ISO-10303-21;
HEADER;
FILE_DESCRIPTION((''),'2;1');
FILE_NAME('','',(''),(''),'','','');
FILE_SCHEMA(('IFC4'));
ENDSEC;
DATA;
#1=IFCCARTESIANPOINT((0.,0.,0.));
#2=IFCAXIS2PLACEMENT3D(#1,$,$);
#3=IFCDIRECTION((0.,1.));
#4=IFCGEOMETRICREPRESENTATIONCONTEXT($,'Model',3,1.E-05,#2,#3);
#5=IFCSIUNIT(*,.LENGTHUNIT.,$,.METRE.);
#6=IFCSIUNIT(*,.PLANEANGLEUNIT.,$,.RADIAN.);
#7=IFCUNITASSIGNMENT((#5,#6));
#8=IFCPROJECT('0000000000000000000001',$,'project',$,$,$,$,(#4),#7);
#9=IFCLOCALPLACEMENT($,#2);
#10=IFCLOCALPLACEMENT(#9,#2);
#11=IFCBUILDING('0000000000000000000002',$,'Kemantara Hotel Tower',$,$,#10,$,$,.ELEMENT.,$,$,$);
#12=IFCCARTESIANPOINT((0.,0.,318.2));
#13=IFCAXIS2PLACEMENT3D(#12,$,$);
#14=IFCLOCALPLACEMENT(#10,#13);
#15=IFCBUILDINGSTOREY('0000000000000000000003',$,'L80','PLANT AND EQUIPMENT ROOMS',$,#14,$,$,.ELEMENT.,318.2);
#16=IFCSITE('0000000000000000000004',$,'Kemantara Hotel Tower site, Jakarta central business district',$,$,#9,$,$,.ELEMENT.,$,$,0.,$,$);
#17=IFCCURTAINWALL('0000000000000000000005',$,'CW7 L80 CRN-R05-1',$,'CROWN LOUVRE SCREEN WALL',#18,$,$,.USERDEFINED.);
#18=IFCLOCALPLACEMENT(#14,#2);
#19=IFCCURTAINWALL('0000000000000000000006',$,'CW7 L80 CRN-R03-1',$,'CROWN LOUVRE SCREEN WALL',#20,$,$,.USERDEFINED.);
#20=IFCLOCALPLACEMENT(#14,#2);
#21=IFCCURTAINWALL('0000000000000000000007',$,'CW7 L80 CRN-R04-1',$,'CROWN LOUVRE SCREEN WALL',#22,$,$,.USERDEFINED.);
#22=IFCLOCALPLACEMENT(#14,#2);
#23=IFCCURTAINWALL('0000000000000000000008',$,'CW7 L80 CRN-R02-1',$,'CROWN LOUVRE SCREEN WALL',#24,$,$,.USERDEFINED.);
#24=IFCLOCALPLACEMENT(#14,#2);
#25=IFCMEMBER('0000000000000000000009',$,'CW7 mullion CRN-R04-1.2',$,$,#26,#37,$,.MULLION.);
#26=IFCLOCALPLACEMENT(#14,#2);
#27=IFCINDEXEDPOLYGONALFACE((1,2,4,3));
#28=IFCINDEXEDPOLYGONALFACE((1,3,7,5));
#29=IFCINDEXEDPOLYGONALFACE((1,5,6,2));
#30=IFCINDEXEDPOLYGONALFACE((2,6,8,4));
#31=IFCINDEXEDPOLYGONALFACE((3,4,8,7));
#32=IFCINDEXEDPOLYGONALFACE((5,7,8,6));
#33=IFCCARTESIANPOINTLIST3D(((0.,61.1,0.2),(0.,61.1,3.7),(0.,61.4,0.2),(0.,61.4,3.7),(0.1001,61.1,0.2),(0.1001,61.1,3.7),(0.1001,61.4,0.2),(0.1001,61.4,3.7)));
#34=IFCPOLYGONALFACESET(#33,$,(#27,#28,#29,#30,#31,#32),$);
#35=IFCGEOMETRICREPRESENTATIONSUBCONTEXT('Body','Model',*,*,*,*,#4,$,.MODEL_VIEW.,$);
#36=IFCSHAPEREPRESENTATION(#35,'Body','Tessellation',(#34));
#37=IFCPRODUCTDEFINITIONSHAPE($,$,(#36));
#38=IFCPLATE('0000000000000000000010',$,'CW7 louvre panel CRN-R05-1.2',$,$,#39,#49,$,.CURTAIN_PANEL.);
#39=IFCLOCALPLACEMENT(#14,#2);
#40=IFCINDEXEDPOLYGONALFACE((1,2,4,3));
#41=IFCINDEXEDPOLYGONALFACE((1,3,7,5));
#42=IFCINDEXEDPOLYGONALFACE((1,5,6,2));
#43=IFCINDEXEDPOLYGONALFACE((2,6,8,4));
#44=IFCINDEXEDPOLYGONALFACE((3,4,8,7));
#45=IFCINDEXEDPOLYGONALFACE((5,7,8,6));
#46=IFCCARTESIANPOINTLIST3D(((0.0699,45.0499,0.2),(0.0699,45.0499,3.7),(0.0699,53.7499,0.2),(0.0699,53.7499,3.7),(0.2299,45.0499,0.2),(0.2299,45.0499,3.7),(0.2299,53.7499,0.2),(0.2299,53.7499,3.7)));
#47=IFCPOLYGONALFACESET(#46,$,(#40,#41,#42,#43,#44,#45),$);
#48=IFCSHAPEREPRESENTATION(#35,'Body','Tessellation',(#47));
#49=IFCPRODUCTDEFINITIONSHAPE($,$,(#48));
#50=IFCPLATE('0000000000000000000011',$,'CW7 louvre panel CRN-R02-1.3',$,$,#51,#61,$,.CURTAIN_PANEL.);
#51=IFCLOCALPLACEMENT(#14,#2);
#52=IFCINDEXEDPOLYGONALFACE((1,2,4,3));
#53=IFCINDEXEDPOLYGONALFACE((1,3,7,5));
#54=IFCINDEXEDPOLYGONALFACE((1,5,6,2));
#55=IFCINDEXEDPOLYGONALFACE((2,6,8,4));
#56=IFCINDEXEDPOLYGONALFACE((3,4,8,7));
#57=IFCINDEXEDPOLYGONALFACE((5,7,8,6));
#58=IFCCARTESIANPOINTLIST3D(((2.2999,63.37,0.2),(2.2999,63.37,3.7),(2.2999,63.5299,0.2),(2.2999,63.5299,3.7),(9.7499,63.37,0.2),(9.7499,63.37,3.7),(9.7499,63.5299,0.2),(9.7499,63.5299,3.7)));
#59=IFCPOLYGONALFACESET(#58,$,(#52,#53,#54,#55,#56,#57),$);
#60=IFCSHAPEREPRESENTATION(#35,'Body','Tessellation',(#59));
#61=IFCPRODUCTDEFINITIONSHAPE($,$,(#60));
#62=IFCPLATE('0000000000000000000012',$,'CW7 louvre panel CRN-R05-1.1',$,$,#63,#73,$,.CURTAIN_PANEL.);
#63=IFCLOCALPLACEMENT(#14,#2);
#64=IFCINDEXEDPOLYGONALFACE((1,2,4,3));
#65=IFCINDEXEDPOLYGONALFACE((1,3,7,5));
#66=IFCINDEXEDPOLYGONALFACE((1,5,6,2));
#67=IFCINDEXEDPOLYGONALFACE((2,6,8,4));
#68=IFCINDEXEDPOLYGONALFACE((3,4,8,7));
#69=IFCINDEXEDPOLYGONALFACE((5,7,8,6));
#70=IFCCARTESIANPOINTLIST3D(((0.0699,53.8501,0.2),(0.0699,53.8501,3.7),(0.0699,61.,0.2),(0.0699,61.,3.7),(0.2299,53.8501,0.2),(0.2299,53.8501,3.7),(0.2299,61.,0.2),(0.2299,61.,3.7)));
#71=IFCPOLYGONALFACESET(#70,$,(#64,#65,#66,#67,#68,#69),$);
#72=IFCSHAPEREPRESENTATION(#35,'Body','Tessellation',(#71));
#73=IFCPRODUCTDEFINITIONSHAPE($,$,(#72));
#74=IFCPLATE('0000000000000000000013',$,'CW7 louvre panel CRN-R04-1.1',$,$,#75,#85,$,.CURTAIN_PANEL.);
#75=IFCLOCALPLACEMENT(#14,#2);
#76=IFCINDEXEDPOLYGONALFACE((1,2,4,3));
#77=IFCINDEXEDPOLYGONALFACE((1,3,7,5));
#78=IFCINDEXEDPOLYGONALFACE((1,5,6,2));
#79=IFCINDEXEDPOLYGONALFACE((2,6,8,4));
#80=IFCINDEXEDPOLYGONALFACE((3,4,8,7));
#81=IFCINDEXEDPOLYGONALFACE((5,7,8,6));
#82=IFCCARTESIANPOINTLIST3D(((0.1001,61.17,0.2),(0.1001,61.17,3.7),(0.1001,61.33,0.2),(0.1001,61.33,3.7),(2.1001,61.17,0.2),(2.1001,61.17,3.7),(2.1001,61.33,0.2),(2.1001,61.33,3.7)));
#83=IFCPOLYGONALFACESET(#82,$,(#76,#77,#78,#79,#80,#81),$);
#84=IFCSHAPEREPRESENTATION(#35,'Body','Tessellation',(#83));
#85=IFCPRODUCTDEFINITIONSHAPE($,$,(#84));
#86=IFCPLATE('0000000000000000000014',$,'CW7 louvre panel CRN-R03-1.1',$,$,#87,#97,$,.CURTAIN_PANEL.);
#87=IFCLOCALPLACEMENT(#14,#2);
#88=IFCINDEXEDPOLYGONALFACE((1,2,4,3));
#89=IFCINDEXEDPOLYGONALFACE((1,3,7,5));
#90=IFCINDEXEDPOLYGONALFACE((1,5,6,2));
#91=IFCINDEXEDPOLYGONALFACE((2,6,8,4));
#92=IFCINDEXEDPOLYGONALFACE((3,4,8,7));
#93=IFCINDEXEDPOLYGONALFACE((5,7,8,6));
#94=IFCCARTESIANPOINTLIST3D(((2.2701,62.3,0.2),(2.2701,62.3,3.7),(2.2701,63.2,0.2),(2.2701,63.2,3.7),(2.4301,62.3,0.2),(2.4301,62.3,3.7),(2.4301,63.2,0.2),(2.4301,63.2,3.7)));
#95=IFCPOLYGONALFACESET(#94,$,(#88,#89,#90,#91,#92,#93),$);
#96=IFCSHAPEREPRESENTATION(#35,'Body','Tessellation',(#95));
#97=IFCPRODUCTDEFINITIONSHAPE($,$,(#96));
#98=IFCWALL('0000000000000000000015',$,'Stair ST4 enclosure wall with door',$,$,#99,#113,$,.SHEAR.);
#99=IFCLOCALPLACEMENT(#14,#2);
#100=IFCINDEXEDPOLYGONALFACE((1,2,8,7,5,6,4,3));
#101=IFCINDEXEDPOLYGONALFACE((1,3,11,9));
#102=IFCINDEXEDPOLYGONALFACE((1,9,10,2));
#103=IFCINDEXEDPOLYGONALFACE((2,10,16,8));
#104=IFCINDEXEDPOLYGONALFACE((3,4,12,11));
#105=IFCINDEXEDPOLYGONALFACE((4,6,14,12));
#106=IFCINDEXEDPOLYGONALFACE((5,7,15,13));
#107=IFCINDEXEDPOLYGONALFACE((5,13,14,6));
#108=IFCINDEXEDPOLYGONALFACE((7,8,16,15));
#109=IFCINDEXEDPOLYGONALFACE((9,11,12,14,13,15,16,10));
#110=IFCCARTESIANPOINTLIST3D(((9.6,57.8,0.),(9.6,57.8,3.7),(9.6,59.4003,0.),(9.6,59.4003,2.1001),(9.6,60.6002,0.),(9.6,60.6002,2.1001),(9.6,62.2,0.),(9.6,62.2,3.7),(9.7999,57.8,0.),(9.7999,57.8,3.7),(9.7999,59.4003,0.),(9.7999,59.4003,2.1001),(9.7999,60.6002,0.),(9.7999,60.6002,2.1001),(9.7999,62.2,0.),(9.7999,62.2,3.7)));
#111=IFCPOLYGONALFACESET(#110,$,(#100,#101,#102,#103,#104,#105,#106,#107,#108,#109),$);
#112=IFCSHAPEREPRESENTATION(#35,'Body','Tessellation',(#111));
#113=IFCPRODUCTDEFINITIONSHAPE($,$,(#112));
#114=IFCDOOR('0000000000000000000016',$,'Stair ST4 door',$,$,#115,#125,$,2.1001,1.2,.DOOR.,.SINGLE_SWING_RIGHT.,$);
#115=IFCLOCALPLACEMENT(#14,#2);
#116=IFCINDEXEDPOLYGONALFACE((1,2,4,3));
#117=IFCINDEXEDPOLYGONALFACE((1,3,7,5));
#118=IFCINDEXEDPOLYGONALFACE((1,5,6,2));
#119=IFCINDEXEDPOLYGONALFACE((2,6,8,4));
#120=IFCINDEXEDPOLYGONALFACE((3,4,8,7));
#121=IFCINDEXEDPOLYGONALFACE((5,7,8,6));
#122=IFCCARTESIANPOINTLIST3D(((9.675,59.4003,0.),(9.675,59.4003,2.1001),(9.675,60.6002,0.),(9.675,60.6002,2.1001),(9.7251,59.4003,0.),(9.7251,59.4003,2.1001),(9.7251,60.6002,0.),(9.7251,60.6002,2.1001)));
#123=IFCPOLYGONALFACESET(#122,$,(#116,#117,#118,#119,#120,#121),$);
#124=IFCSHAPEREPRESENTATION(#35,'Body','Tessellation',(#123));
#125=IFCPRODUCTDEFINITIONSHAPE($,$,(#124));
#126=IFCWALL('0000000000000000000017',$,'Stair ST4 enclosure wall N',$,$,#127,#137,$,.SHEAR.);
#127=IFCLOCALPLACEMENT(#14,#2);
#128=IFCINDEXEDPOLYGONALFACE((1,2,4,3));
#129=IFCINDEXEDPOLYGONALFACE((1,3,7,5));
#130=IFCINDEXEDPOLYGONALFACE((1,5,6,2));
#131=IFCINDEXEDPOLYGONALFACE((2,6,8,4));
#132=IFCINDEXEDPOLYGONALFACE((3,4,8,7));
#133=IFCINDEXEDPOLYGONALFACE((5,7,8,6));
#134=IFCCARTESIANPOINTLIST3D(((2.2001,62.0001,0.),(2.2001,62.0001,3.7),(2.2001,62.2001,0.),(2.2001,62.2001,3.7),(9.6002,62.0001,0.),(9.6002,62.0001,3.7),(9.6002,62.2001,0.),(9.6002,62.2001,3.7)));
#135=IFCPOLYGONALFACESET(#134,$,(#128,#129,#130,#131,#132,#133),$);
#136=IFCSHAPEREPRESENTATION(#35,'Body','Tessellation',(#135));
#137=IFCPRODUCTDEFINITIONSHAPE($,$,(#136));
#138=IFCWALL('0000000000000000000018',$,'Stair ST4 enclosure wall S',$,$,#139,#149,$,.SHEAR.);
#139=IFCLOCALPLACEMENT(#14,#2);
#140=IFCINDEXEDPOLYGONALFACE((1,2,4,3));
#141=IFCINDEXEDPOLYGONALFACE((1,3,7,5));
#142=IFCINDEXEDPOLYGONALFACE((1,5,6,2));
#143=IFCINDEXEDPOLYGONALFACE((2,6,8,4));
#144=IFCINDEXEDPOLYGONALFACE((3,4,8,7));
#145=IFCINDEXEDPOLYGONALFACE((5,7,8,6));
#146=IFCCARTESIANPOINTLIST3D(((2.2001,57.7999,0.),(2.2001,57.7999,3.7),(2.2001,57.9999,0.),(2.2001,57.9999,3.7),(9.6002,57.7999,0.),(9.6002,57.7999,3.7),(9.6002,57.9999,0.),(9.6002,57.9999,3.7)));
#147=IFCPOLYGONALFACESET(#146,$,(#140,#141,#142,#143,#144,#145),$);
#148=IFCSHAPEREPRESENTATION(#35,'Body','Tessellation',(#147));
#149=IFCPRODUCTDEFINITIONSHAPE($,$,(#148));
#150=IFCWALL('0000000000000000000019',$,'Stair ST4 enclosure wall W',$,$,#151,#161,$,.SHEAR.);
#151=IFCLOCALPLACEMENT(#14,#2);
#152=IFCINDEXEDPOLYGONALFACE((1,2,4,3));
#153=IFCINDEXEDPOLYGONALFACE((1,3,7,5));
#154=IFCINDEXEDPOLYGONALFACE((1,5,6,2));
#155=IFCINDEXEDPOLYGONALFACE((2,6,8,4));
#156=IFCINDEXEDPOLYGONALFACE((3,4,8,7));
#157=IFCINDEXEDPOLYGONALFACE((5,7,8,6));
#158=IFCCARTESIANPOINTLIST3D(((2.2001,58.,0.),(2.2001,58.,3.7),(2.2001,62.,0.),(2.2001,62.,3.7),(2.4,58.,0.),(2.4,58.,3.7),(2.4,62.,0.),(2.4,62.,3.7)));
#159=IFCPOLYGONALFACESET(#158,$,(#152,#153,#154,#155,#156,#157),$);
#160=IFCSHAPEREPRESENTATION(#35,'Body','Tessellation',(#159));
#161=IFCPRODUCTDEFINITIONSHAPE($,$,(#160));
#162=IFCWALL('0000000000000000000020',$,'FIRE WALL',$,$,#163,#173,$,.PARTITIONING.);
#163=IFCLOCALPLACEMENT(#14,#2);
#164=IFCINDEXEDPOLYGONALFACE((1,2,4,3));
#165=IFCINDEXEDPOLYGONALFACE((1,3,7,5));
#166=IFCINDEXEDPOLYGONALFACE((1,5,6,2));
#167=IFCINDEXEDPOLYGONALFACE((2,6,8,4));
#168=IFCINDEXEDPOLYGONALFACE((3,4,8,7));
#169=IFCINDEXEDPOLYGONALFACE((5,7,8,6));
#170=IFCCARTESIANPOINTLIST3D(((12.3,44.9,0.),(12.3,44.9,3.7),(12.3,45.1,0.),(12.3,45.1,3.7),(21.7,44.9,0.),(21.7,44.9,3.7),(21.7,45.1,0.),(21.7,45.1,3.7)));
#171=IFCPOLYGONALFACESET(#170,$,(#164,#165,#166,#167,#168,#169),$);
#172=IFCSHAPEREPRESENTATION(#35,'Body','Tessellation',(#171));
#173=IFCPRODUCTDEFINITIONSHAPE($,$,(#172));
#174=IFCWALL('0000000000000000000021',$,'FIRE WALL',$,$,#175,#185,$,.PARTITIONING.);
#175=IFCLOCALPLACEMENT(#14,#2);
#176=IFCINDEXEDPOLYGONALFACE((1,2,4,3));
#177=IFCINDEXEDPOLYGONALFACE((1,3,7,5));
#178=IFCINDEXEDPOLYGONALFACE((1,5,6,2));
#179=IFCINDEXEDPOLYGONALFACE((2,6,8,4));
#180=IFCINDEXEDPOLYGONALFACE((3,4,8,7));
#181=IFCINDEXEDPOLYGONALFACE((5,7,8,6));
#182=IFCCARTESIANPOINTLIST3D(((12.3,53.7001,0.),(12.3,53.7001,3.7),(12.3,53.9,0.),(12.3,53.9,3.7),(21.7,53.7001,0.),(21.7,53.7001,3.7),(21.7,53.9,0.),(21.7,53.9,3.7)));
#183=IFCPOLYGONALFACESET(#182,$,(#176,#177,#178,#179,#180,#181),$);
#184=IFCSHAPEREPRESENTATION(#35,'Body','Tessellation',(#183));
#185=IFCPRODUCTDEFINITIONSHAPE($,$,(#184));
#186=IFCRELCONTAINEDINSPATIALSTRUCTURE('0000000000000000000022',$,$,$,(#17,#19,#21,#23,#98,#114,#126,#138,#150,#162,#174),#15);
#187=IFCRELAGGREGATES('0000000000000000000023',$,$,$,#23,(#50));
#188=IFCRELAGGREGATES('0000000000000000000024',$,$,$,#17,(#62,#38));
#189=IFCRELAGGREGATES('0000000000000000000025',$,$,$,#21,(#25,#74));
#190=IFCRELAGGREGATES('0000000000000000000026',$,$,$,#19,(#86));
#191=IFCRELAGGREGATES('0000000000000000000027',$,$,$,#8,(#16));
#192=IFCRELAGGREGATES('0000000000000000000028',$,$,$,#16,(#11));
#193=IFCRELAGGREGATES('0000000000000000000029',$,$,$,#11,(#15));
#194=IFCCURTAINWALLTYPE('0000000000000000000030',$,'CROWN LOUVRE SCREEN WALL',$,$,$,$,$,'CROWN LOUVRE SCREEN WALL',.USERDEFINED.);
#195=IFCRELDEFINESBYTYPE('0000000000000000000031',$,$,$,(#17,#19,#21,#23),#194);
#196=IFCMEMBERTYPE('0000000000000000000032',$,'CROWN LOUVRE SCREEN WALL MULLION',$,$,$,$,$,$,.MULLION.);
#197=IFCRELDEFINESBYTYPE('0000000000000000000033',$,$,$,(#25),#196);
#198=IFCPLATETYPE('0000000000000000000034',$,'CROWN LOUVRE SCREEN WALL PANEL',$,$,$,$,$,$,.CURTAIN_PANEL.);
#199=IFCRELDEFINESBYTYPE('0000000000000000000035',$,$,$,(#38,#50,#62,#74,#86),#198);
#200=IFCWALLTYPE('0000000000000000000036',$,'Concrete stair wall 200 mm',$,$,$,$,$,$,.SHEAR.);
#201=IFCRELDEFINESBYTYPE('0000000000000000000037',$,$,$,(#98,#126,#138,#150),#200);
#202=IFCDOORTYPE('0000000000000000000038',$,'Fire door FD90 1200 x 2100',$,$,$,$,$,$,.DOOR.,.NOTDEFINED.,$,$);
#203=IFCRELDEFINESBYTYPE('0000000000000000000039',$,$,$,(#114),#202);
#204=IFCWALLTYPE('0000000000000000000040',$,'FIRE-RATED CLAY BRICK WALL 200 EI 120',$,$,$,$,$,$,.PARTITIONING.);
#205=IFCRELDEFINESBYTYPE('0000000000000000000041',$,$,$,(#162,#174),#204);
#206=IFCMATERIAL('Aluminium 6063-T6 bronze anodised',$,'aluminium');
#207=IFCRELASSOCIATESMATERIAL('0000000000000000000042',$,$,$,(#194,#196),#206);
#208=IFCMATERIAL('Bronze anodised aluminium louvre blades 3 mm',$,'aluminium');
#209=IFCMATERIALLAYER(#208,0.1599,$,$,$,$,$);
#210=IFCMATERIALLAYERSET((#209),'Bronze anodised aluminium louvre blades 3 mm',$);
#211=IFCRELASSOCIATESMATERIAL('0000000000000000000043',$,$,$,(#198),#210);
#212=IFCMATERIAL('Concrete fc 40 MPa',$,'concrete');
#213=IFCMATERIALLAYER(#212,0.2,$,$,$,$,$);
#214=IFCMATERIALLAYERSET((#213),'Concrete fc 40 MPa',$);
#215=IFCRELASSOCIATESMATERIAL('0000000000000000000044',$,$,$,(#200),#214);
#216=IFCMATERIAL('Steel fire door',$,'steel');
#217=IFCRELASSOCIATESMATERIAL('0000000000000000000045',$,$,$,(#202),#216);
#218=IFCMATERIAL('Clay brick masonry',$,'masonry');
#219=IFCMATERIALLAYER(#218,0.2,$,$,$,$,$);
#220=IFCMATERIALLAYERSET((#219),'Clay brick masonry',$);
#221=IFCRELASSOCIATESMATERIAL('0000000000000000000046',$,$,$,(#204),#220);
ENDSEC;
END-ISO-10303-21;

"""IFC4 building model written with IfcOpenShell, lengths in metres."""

from ifc_helpers import new_model, si_unit, direction, frame, frame_2d, origin, origin_2d, place, context, subcontext, project, spatial, rectangle, extrude, source, transform, mapped, material, layer, layer_set, material_profile, profile_set, type_object, element, fill, aggregate, save


model = new_model("IFC4")

# Units and contexts
model_context = context("Model", 3, precision=1e-05, world=origin(), true_north=direction((0.0, 1.0)))
body_context = subcontext(model_context, "Body", "Model", "MODEL_VIEW")
ifc_project = project(units=[si_unit("LENGTHUNIT", "METRE"), si_unit("PLANEANGLEUNIT", "RADIAN")], contexts=[model_context])

# Site, building, storey
site_placement = place(None, origin())
site = spatial("IfcSite", under=ifc_project, at=site_placement, Name="Kemantara Hotel Tower site, Jakarta central business district", CompositionType="ELEMENT", RefElevation=0.0)
building_placement = place(site_placement, origin())
building = spatial("IfcBuilding", under=site, at=building_placement, Name="Kemantara Hotel Tower", CompositionType="ELEMENT")
storey_placement = place(building_placement, frame((0.0, 0.0, 318.2)))
storey = spatial("IfcBuildingStorey", under=building, at=storey_placement, Name="L80", Description="PLANT AND EQUIPMENT ROOMS", CompositionType="ELEMENT", Elevation=318.2)

# Curtain walls
ifc_material_1 = material(Name="Aluminium 6063-T6 bronze anodised", Category="aluminium")
curtain_wall_type = type_object("IfcCurtainWallType", Name="CROWN LOUVRE SCREEN WALL", ElementType="CROWN LOUVRE SCREEN WALL", PredefinedType="USERDEFINED", material=ifc_material_1)
curtain_wall_1_placement = place(storey_placement, origin())
curtain_wall_1 = element("IfcCurtainWall", 1, at=curtain_wall_1_placement, inside=storey, type_object=curtain_wall_type, Name="CW7 L80 CRN-R05-1", ObjectType="CROWN LOUVRE SCREEN WALL", PredefinedType="USERDEFINED")
curtain_wall_2_placement = place(storey_placement, origin())
curtain_wall_2 = element("IfcCurtainWall", 2, at=curtain_wall_2_placement, inside=storey, type_object=curtain_wall_type, Name="CW7 L80 CRN-R03-1", ObjectType="CROWN LOUVRE SCREEN WALL", PredefinedType="USERDEFINED")
curtain_wall_3_placement = place(storey_placement, origin())
curtain_wall_3 = element("IfcCurtainWall", 3, at=curtain_wall_3_placement, inside=storey, type_object=curtain_wall_type, Name="CW7 L80 CRN-R04-1", ObjectType="CROWN LOUVRE SCREEN WALL", PredefinedType="USERDEFINED")

# Curtain wall
curtain_wall_4_placement = place(storey_placement, origin())
curtain_wall_4 = element("IfcCurtainWall", 4, at=curtain_wall_4_placement, inside=storey, type_object=curtain_wall_type, Name="CW7 L80 CRN-R02-1", ObjectType="CROWN LOUVRE SCREEN WALL", PredefinedType="USERDEFINED")
ifc_material_profile_1 = material_profile(ifc_material_1, rectangle(XDim=0.3, YDim=0.1001, at=origin_2d()), Name="CROWN LOUVRE SCREEN WALL MULLION")
ifc_profile_set_1 = profile_set([ifc_material_profile_1], Name="Aluminium 6063-T6 bronze anodised")
member_type_1 = type_object("IfcMemberType", Name="CROWN LOUVRE SCREEN WALL MULLION", PredefinedType="MULLION", material=ifc_profile_set_1)
shared_shape_1 = source(origin(), body_context, "Body", "SweptSolid", [
    extrude(rectangle(XDim=0.3, YDim=0.1001, at=origin_2d()), origin(), (0.0, 0.0, 1.0), 3.5),
])

# Member
member_1_placement = place(storey_placement, frame((0.05, 61.25, 0.2), z_axis=(0.0, 0.0, 1.0), x_axis=(0.0, -1.0, 0.0)))
member_1 = element("IfcMember", 5, at=member_1_placement, type_object=member_type_1, Name="CW7 mullion CRN-R04-1.2", PredefinedType="MULLION", context=body_context, shape_type="MappedRepresentation", body=[
    mapped(shared_shape_1, transform((0.0, 0.0, 0.0))),
])

# Plates
ifc_material_2 = material(Name="Bronze anodised aluminium louvre blades 3 mm", Category="aluminium")
ifc_layer_1 = layer(ifc_material_2, 0.1599)
ifc_layer_set_1 = layer_set([ifc_layer_1], Name="Bronze anodised aluminium louvre blades 3 mm")
plate_type = type_object("IfcPlateType", Name="CROWN LOUVRE SCREEN WALL PANEL", PredefinedType="CURTAIN_PANEL", material=ifc_layer_set_1)
shared_shape_2 = source(origin(), body_context, "Body", "SweptSolid", [
    extrude(rectangle(XDim=8.7, YDim=0.1599, at=origin_2d()), origin(), (0.0, 0.0, 1.0), 3.5),
])
plate_1_placement = place(storey_placement, frame((0.1499, 49.3999, 0.2), z_axis=(0.0, 0.0, 1.0), x_axis=(0.0, -1.0, 0.0)))
plate_1 = element("IfcPlate", 6, at=plate_1_placement, type_object=plate_type, Name="CW7 louvre panel CRN-R05-1.2", PredefinedType="CURTAIN_PANEL", context=body_context, shape_type="MappedRepresentation", body=[
    mapped(shared_shape_2, transform((0.0, 0.0, 0.0))),
])
shared_shape_3 = source(origin(), body_context, "Body", "SweptSolid", [
    extrude(rectangle(XDim=7.45, YDim=0.1599, at=origin_2d()), origin(), (0.0, 0.0, 1.0), 3.5),
])
plate_2_placement = place(storey_placement, frame((6.0249, 63.45, 0.2), z_axis=(0.0, 0.0, 1.0), x_axis=(-1.0, 0.0, 0.0)))
plate_2 = element("IfcPlate", 7, at=plate_2_placement, type_object=plate_type, Name="CW7 louvre panel CRN-R02-1.3", PredefinedType="CURTAIN_PANEL", context=body_context, shape_type="MappedRepresentation", body=[
    mapped(shared_shape_3, transform((0.0, 0.0, 0.0))),
])
aggregate(curtain_wall_4, [plate_2])
shared_shape_4 = source(origin(), body_context, "Body", "SweptSolid", [
    extrude(rectangle(XDim=7.1499, YDim=0.1599, at=origin_2d()), origin(), (0.0, 0.0, 1.0), 3.5),
])
plate_3_placement = place(storey_placement, frame((0.1499, 57.425, 0.2), z_axis=(0.0, 0.0, 1.0), x_axis=(0.0, -1.0, 0.0)))
plate_3 = element("IfcPlate", 8, at=plate_3_placement, type_object=plate_type, Name="CW7 louvre panel CRN-R05-1.1", PredefinedType="CURTAIN_PANEL", context=body_context, shape_type="MappedRepresentation", body=[
    mapped(shared_shape_4, transform((0.0, 0.0, 0.0))),
])
aggregate(curtain_wall_1, [plate_3, plate_1])
shared_shape_5 = source(origin(), body_context, "Body", "SweptSolid", [
    extrude(rectangle(XDim=2.0, YDim=0.1599, at=origin_2d()), origin(), (0.0, 0.0, 1.0), 3.5),
])
plate_4_placement = place(storey_placement, frame((1.1001, 61.25, 0.2), z_axis=(0.0, 0.0, 1.0), x_axis=(-1.0, 0.0, 0.0)))
plate_4 = element("IfcPlate", 9, at=plate_4_placement, type_object=plate_type, Name="CW7 louvre panel CRN-R04-1.1", PredefinedType="CURTAIN_PANEL", context=body_context, shape_type="MappedRepresentation", body=[
    mapped(shared_shape_5, transform((0.0, 0.0, 0.0))),
])
aggregate(curtain_wall_3, [member_1, plate_4])
shared_shape_6 = source(origin(), body_context, "Body", "SweptSolid", [
    extrude(rectangle(XDim=0.8999, YDim=0.1599, at=origin_2d()), origin(), (0.0, 0.0, 1.0), 3.5),
])
plate_5_placement = place(storey_placement, frame((2.3501, 62.75, 0.2), z_axis=(0.0, 0.0, 1.0), x_axis=(0.0, -1.0, 0.0)))
plate_5 = element("IfcPlate", 10, at=plate_5_placement, type_object=plate_type, Name="CW7 louvre panel CRN-R03-1.1", PredefinedType="CURTAIN_PANEL", context=body_context, shape_type="MappedRepresentation", body=[
    mapped(shared_shape_6, transform((0.0, 0.0, 0.0))),
])
aggregate(curtain_wall_2, [plate_5])

# Wall, opening, door
ifc_material_3 = material(Name="Concrete fc 40 MPa", Category="concrete")
ifc_layer_2 = layer(ifc_material_3, 0.2)
ifc_layer_set_2 = layer_set([ifc_layer_2], Name="Concrete fc 40 MPa")
wall_type_1 = type_object("IfcWallType", Name="Concrete stair wall 200 mm", PredefinedType="SHEAR", material=ifc_layer_set_2)
wall_1_placement = place(storey_placement, frame((9.7, 57.8, 0.0), z_axis=(0.0, 0.0, 1.0), x_axis=(0.0, 1.0, 0.0)))
wall_1 = element("IfcWall", 11, at=wall_1_placement, inside=storey, type_object=wall_type_1, Name="Stair ST4 enclosure wall with door", PredefinedType="SHEAR", context=body_context, shape_type="SweptSolid", body=[
    extrude(rectangle(XDim=4.3999, YDim=0.2, at=frame_2d((2.2, 0.0))), origin(), (0.0, 0.0, 1.0), 3.7),
])
opening_placement = place(wall_1_placement, frame((1.6001, 0.0, 0.0)))
opening = element("IfcOpeningElement", 12, at=opening_placement, cuts=wall_1, PredefinedType="OPENING", context=body_context, shape_type="SweptSolid", body=[
    extrude(rectangle(XDim=1.2, YDim=2.1001, at=frame_2d((0.6001, 1.05))), frame((0.0, 0.1099, 0.0), z_axis=(0.0, -1.0, 0.0), x_axis=(1.0, 0.0, 0.0)), (0.0, 0.0, 1.0), 0.22),
])
ifc_material_4 = material(Name="Steel fire door", Category="steel")
door_type = type_object("IfcDoorType", Name="Fire door FD90 1200 x 2100", OperationType="NOTDEFINED", PredefinedType="DOOR", material=ifc_material_4)
door_placement = place(opening_placement, origin())
door = element("IfcDoor", 13, at=door_placement, inside=storey, type_object=door_type, Name="Stair ST4 door", OperationType="SINGLE_SWING_RIGHT", OverallHeight=2.1001, OverallWidth=1.2, PredefinedType="DOOR", context=body_context, shape_type="SweptSolid", body=[
    extrude(rectangle(XDim=1.2, YDim=2.1001, at=frame_2d((0.6001, 1.05))), frame((0.0, 0.0249, 0.0), z_axis=(0.0, -1.0, 0.0), x_axis=(1.0, 0.0, 0.0)), (0.0, 0.0, 1.0), 0.05),
])
fill(opening, door)

# Walls
for number, where, z_axis, x_axis, name in (
    (14, (2.2, 62.1001, 0.0), (0.0, 0.0, 1.0), (1.0, 0.0, 0.0), "Stair ST4 enclosure wall N"),
    (15, (2.2, 57.8999, 0.0), (0.0, 0.0, 1.0), (1.0, 0.0, 0.0), "Stair ST4 enclosure wall S"),
):
    element("IfcWall", number, at=place(storey_placement, frame(where, z_axis=z_axis, x_axis=x_axis)), inside=storey, type_object=wall_type_1, Name=name, PredefinedType="SHEAR", context=body_context, shape_type="SweptSolid", body=[
        extrude(rectangle(XDim=7.4001, YDim=0.2, at=frame_2d((3.7002, 0.0))), origin(), (0.0, 0.0, 1.0), 3.7),
    ])
wall_2_placement = place(storey_placement, frame((2.3, 58.0, 0.0), z_axis=(0.0, 0.0, 1.0), x_axis=(0.0, 1.0, 0.0)))
element("IfcWall", 16, at=wall_2_placement, inside=storey, type_object=wall_type_1, Name="Stair ST4 enclosure wall W", PredefinedType="SHEAR", context=body_context, shape_type="SweptSolid", body=[
    extrude(rectangle(XDim=4.0, YDim=0.2, at=frame_2d((2.0, 0.0))), origin(), (0.0, 0.0, 1.0), 3.7),
])
ifc_material_5 = material(Name="Clay brick masonry", Category="masonry")
ifc_layer_3 = layer(ifc_material_5, 0.2)
ifc_layer_set_3 = layer_set([ifc_layer_3], Name="Clay brick masonry")
wall_type_2 = type_object("IfcWallType", Name="FIRE-RATED CLAY BRICK WALL 200 EI 120", PredefinedType="PARTITIONING", material=ifc_layer_set_3)
for number, where, z_axis, x_axis, name in (
    (17, (12.3, 45.0, 0.0), (0.0, 0.0, 1.0), (1.0, 0.0, 0.0), "FIRE WALL"),
    (18, (12.3, 53.8, 0.0), (0.0, 0.0, 1.0), (1.0, 0.0, 0.0), "FIRE WALL"),
):
    element("IfcWall", number, at=place(storey_placement, frame(where, z_axis=z_axis, x_axis=x_axis)), inside=storey, type_object=wall_type_2, Name=name, PredefinedType="PARTITIONING", context=body_context, shape_type="SweptSolid", body=[
        extrude(rectangle(XDim=9.3999, YDim=0.2, at=frame_2d((4.7, 0.0))), origin(), (0.0, 0.0, 1.0), 3.7),
    ])

save(model, "model.ifc")
